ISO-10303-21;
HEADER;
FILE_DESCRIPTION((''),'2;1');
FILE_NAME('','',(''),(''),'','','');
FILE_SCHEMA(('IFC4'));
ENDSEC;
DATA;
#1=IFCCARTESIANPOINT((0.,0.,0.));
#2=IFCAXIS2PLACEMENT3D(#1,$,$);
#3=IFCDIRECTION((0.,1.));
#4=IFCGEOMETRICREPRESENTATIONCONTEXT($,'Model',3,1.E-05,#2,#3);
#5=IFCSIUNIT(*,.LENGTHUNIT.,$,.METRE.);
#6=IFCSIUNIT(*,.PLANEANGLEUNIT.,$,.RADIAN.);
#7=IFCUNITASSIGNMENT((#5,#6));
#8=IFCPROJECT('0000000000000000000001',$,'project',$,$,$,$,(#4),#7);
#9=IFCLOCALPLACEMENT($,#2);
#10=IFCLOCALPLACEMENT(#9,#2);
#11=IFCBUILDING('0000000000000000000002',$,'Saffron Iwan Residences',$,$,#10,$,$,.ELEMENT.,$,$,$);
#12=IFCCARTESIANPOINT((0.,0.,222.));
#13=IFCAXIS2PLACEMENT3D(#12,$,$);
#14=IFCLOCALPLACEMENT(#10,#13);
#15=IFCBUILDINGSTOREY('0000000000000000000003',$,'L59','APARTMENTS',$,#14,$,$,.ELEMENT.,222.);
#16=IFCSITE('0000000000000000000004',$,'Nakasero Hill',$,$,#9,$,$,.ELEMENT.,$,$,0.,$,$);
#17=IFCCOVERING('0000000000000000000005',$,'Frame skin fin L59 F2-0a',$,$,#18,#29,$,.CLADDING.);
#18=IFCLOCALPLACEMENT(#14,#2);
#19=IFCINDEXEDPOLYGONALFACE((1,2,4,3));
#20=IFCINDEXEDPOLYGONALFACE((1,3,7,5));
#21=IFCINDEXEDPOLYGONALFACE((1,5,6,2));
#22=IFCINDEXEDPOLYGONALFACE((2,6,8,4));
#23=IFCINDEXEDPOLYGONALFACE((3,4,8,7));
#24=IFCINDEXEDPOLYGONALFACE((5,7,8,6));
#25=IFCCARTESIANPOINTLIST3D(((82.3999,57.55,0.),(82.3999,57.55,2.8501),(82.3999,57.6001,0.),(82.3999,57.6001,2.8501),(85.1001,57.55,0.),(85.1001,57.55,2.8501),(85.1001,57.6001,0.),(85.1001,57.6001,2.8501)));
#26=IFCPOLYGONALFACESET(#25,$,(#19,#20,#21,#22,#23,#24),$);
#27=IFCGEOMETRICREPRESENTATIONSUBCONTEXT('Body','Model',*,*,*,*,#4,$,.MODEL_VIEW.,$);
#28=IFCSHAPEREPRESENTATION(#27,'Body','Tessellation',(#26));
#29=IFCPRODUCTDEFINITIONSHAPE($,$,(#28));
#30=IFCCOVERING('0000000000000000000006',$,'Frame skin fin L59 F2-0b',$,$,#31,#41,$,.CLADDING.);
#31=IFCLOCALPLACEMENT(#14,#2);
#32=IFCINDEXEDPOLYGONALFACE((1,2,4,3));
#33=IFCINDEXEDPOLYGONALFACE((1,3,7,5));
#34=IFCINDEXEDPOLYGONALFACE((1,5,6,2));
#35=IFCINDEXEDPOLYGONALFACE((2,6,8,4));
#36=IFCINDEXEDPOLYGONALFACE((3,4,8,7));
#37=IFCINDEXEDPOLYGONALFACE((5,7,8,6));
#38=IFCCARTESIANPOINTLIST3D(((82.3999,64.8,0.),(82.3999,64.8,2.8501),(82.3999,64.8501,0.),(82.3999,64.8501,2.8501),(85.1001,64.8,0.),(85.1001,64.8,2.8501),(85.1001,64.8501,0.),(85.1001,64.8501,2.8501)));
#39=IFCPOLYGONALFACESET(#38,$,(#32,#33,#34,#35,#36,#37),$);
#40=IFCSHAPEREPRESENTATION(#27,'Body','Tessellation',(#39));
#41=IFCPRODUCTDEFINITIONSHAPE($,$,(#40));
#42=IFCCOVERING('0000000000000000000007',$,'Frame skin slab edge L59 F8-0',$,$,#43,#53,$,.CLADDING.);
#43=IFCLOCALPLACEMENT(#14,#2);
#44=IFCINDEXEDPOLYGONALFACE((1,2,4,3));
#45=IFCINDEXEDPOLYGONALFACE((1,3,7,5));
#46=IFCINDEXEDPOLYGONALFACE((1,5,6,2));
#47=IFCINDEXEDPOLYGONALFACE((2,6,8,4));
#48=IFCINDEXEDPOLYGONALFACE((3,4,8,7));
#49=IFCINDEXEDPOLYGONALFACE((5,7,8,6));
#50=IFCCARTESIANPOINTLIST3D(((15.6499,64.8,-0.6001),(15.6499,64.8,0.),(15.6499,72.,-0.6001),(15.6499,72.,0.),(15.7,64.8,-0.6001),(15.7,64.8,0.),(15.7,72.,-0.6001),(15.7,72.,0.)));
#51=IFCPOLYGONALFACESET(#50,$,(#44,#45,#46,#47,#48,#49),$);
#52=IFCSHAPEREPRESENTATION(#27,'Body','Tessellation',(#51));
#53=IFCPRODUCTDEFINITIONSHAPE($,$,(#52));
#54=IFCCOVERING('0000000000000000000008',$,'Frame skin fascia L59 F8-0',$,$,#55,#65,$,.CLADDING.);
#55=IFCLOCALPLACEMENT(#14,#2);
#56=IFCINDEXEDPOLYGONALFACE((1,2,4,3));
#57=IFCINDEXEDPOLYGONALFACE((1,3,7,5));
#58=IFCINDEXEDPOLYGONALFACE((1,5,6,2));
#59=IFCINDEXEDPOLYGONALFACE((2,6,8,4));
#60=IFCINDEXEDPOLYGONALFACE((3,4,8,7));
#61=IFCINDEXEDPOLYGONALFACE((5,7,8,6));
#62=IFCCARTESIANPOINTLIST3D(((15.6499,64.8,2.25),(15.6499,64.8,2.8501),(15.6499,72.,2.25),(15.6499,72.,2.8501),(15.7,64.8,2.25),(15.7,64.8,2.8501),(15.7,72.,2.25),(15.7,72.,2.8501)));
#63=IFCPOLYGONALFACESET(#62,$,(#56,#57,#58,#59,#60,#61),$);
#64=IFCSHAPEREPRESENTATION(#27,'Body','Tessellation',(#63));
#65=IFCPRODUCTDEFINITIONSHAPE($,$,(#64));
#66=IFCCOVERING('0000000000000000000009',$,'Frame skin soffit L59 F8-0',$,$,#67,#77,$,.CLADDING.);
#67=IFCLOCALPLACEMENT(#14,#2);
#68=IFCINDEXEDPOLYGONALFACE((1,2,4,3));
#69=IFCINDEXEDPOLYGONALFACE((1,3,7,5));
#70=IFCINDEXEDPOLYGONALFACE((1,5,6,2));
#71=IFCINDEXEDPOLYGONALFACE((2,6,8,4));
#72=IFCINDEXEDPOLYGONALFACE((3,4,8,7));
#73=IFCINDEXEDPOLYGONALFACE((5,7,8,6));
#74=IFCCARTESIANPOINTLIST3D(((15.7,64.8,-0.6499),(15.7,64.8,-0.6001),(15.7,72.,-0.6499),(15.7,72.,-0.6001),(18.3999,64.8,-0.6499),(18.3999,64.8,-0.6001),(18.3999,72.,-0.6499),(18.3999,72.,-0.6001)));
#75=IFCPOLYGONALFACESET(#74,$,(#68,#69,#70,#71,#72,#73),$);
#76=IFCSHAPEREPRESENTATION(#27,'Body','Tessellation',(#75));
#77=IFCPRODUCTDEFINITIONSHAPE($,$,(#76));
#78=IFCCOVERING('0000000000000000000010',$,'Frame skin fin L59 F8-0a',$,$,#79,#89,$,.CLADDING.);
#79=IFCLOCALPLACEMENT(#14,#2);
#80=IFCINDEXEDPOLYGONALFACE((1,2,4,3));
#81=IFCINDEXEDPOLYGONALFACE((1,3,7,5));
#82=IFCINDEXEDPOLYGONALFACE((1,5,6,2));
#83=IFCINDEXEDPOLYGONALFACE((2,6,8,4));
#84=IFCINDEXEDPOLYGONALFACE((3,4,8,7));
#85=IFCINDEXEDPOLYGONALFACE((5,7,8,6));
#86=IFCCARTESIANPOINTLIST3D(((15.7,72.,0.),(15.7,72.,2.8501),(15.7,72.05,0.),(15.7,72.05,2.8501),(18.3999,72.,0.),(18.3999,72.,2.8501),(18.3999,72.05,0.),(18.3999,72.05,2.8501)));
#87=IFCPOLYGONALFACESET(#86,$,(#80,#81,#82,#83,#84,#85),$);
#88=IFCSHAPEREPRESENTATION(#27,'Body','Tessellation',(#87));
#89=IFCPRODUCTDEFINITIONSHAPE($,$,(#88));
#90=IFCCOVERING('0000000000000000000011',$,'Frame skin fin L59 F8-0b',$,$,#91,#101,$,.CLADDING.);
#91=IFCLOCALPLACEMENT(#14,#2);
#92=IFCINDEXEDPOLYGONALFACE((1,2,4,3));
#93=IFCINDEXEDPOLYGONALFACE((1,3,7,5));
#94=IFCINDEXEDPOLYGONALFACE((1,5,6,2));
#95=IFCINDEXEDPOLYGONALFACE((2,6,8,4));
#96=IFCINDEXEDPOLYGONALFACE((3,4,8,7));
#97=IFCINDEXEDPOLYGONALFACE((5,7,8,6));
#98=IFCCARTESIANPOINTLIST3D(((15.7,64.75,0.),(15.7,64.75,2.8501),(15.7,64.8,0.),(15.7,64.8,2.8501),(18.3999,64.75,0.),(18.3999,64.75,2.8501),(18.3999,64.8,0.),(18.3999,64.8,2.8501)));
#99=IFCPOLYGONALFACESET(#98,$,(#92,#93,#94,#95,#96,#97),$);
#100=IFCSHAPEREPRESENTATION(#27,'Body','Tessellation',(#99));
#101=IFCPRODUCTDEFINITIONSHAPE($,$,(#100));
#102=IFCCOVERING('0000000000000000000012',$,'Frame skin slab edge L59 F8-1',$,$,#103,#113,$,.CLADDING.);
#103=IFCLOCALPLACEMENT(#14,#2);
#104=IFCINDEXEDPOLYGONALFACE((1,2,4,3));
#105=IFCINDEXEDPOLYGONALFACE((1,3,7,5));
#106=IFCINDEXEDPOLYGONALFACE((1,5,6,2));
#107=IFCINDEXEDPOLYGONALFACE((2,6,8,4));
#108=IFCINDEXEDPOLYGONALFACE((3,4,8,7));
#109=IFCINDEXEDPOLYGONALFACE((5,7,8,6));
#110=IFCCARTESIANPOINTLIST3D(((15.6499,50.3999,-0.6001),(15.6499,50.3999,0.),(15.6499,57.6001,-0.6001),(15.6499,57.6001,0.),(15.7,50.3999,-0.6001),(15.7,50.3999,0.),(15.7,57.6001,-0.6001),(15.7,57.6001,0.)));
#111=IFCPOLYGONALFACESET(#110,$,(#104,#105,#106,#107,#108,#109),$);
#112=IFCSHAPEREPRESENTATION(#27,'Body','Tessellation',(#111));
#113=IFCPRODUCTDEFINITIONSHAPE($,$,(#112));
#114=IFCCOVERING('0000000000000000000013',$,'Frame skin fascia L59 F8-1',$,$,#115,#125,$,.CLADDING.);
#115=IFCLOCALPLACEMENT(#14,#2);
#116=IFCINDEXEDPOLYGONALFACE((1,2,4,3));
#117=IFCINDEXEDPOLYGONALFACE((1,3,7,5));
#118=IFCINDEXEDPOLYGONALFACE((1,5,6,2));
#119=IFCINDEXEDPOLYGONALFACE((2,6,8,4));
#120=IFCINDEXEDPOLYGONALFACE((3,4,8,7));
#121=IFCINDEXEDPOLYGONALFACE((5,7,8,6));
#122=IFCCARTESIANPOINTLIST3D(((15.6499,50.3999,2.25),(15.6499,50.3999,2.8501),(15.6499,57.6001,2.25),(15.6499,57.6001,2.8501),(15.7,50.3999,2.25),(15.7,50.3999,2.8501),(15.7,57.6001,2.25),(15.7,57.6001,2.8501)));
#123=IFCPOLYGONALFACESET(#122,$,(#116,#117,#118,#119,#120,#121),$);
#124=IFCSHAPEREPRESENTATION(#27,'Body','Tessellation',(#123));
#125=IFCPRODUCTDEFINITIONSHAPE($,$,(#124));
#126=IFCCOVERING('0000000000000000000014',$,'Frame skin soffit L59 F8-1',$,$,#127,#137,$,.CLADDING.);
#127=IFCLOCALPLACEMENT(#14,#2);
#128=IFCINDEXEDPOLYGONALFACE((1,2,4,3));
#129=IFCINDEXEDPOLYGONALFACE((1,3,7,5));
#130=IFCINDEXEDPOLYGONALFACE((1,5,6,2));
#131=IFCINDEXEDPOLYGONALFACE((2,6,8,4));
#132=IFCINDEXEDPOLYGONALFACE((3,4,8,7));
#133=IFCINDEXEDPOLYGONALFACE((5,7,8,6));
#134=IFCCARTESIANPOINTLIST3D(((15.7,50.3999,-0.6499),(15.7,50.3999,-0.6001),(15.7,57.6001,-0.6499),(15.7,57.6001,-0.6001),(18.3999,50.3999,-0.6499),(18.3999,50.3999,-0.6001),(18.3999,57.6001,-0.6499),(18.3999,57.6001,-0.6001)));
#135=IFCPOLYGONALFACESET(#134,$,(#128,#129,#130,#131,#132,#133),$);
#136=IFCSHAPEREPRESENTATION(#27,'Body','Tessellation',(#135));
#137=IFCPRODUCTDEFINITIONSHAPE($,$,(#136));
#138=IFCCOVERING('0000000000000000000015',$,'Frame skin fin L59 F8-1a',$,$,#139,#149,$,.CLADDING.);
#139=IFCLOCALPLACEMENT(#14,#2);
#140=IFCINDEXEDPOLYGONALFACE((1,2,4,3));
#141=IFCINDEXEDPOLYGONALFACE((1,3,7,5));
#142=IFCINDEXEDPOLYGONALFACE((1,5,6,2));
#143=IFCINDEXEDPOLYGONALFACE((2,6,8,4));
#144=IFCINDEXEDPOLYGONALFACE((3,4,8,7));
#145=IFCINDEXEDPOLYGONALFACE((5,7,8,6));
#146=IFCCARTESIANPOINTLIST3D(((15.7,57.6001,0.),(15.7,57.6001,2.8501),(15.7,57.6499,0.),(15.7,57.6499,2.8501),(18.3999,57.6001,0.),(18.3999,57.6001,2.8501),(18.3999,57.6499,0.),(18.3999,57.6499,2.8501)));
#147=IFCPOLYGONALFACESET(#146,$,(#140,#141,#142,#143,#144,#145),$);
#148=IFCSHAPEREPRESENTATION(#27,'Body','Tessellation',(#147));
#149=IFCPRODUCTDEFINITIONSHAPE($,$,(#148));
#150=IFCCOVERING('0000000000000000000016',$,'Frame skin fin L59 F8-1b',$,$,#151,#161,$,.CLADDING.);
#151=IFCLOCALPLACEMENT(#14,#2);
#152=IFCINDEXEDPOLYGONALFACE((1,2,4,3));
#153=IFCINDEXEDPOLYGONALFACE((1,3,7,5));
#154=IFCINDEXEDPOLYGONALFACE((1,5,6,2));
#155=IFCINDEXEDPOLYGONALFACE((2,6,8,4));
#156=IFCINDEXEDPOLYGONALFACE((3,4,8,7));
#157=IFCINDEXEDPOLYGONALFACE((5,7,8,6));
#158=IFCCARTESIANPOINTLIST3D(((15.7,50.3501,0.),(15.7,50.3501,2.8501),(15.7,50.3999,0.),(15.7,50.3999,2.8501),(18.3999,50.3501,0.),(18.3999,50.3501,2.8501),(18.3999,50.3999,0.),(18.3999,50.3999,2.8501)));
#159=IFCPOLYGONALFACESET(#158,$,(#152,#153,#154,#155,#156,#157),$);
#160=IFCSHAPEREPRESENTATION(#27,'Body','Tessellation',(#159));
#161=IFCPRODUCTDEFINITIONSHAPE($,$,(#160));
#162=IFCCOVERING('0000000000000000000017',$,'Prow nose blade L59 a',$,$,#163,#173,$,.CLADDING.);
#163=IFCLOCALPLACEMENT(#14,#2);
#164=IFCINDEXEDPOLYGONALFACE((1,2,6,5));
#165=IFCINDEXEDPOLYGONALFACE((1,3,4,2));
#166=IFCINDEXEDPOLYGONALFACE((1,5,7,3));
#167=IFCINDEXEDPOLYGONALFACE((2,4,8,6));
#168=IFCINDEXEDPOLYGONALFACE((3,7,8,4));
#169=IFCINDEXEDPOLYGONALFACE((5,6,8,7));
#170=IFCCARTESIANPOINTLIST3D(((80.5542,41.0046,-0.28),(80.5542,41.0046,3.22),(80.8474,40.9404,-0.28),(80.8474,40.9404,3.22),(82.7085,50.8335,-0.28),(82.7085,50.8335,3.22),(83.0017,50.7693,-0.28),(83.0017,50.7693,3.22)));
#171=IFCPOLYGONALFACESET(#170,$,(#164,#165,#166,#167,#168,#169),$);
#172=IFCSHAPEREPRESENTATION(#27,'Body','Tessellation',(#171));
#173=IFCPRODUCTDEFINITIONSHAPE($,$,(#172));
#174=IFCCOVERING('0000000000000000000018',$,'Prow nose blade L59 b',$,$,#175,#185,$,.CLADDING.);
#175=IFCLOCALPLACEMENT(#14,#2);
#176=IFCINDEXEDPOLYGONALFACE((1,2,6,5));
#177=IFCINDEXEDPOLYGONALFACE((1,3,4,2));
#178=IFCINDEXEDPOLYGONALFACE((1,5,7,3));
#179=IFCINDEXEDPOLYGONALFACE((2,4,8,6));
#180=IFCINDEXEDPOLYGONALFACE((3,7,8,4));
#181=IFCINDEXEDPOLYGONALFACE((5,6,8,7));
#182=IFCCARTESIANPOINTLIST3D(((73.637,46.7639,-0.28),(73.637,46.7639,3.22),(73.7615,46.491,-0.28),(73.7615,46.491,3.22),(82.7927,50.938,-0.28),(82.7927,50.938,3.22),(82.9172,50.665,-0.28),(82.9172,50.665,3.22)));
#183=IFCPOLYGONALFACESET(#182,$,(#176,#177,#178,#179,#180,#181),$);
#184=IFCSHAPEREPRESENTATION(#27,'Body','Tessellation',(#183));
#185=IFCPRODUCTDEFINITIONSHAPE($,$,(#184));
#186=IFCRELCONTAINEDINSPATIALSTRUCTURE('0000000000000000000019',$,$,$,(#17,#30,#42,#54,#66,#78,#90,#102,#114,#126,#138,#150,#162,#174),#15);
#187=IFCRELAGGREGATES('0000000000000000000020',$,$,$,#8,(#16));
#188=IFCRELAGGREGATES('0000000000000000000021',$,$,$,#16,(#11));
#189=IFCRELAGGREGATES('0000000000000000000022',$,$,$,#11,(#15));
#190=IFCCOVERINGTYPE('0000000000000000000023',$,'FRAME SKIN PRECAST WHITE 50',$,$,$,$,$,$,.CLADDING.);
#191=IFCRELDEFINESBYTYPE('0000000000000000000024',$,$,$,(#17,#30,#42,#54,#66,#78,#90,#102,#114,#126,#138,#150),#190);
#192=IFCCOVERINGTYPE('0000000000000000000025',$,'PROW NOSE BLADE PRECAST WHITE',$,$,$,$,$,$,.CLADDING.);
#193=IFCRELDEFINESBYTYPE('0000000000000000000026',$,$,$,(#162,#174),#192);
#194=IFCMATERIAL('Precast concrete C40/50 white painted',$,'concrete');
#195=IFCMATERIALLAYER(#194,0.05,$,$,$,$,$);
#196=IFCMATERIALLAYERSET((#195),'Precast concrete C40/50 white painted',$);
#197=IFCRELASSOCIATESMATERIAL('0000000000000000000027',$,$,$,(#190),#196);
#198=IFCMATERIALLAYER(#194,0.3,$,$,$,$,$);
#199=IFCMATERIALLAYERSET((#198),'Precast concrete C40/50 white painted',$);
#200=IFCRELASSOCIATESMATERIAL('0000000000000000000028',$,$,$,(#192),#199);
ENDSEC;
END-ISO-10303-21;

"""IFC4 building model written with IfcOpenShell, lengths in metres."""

from ifc_helpers import new_model, si_unit, direction, frame, origin, place, context, subcontext, project, spatial, polyline, outline, extrude, material, layer, layer_set, type_object, element, save


model = new_model("IFC4")

# Units and contexts
model_context = context("Model", 3, precision=1e-05, world=origin(), true_north=direction((0.0, 1.0)))
body_context = subcontext(model_context, "Body", "Model", "MODEL_VIEW")
ifc_project = project(units=[si_unit("LENGTHUNIT", "METRE"), si_unit("PLANEANGLEUNIT", "RADIAN")], contexts=[model_context])

# Site, building, storey
site_placement = place(None, origin())
site = spatial("IfcSite", under=ifc_project, at=site_placement, Name="Nakasero Hill", CompositionType="ELEMENT", RefElevation=0.0)
building_placement = place(site_placement, origin())
building = spatial("IfcBuilding", under=site, at=building_placement, Name="Saffron Iwan Residences", CompositionType="ELEMENT")
storey_placement = place(building_placement, frame((0.0, 0.0, 222.0)))
storey = spatial("IfcBuildingStorey", under=building, at=storey_placement, Name="L59", Description="APARTMENTS", CompositionType="ELEMENT", Elevation=222.0)

# Coverings
ifc_material_1 = material(Name="Precast concrete C40/50 white painted", Category="concrete")
ifc_layer_1 = layer(ifc_material_1, 0.05)
ifc_layer_set_1 = layer_set([ifc_layer_1], Name="Precast concrete C40/50 white painted")
covering_type_1 = type_object("IfcCoveringType", Name="FRAME SKIN PRECAST WHITE 50", PredefinedType="CLADDING", material=ifc_layer_set_1)
covering_1_placement = place(storey_placement, origin())
element("IfcCovering", 1, at=covering_1_placement, inside=storey, type_object=covering_type_1, Name="Frame skin fin L59 F2-0a", PredefinedType="CLADDING", context=body_context, shape_type="SweptSolid", body=[
    extrude(outline(polyline([(85.1001, 57.55), (85.1001, 57.6001), (82.3999, 57.6001), (82.3999, 57.55), (85.1001, 57.55)])), origin(), (0.0, 0.0, 1.0), 2.8501),
])
covering_2_placement = place(storey_placement, origin())
element("IfcCovering", 2, at=covering_2_placement, inside=storey, type_object=covering_type_1, Name="Frame skin fin L59 F2-0b", PredefinedType="CLADDING", context=body_context, shape_type="SweptSolid", body=[
    extrude(outline(polyline([(85.1001, 64.8), (85.1001, 64.8501), (82.3999, 64.8501), (82.3999, 64.8), (85.1001, 64.8)])), origin(), (0.0, 0.0, 1.0), 2.8501),
])
for number, where, name in (
    (3, (0.0, 0.0, -0.6001), "Frame skin slab edge L59 F8-0"),
    (4, (0.0, 0.0, 2.25), "Frame skin fascia L59 F8-0"),
):
    element("IfcCovering", number, at=place(storey_placement, frame(where)), inside=storey, type_object=covering_type_1, Name=name, PredefinedType="CLADDING", context=body_context, shape_type="SweptSolid", body=[
        extrude(outline(polyline([(15.6499, 72.0), (15.6499, 64.8), (15.7, 64.8), (15.7, 72.0), (15.6499, 72.0)])), origin(), (0.0, 0.0, 1.0), 0.6001),
    ])
covering_3_placement = place(storey_placement, frame((0.0, 0.0, -0.6499)))
element("IfcCovering", 5, at=covering_3_placement, inside=storey, type_object=covering_type_1, Name="Frame skin soffit L59 F8-0", PredefinedType="CLADDING", context=body_context, shape_type="SweptSolid", body=[
    extrude(outline(polyline([(15.7, 72.0), (15.7, 64.8), (18.3999, 64.8), (18.3999, 72.0), (15.7, 72.0)])), origin(), (0.0, 0.0, 1.0), 0.0498),
])
covering_4_placement = place(storey_placement, origin())
element("IfcCovering", 6, at=covering_4_placement, inside=storey, type_object=covering_type_1, Name="Frame skin fin L59 F8-0a", PredefinedType="CLADDING", context=body_context, shape_type="SweptSolid", body=[
    extrude(outline(polyline([(15.7, 72.05), (15.7, 72.0), (18.3999, 72.0), (18.3999, 72.05), (15.7, 72.05)])), origin(), (0.0, 0.0, 1.0), 2.8501),
])
covering_5_placement = place(storey_placement, origin())
element("IfcCovering", 7, at=covering_5_placement, inside=storey, type_object=covering_type_1, Name="Frame skin fin L59 F8-0b", PredefinedType="CLADDING", context=body_context, shape_type="SweptSolid", body=[
    extrude(outline(polyline([(15.7, 64.8), (15.7, 64.75), (18.3999, 64.75), (18.3999, 64.8), (15.7, 64.8)])), origin(), (0.0, 0.0, 1.0), 2.8501),
])
for number, where, name in (
    (8, (0.0, 0.0, -0.6001), "Frame skin slab edge L59 F8-1"),
    (9, (0.0, 0.0, 2.25), "Frame skin fascia L59 F8-1"),
):
    element("IfcCovering", number, at=place(storey_placement, frame(where)), inside=storey, type_object=covering_type_1, Name=name, PredefinedType="CLADDING", context=body_context, shape_type="SweptSolid", body=[
        extrude(outline(polyline([(15.6499, 57.6001), (15.6499, 50.3999), (15.7, 50.3999), (15.7, 57.6001), (15.6499, 57.6001)])), origin(), (0.0, 0.0, 1.0), 0.6001),
    ])
covering_6_placement = place(storey_placement, frame((0.0, 0.0, -0.6499)))
element("IfcCovering", 10, at=covering_6_placement, inside=storey, type_object=covering_type_1, Name="Frame skin soffit L59 F8-1", PredefinedType="CLADDING", context=body_context, shape_type="SweptSolid", body=[
    extrude(outline(polyline([(15.7, 57.6001), (15.7, 50.3999), (18.3999, 50.3999), (18.3999, 57.6001), (15.7, 57.6001)])), origin(), (0.0, 0.0, 1.0), 0.0498),
])
covering_7_placement = place(storey_placement, origin())
element("IfcCovering", 11, at=covering_7_placement, inside=storey, type_object=covering_type_1, Name="Frame skin fin L59 F8-1a", PredefinedType="CLADDING", context=body_context, shape_type="SweptSolid", body=[
    extrude(outline(polyline([(15.7, 57.6499), (15.7, 57.6001), (18.3999, 57.6001), (18.3999, 57.6499), (15.7, 57.6499)])), origin(), (0.0, 0.0, 1.0), 2.8501),
])
covering_8_placement = place(storey_placement, origin())
element("IfcCovering", 12, at=covering_8_placement, inside=storey, type_object=covering_type_1, Name="Frame skin fin L59 F8-1b", PredefinedType="CLADDING", context=body_context, shape_type="SweptSolid", body=[
    extrude(outline(polyline([(15.7, 50.3999), (15.7, 50.3501), (18.3999, 50.3501), (18.3999, 50.3999), (15.7, 50.3999)])), origin(), (0.0, 0.0, 1.0), 2.8501),
])
ifc_layer_2 = layer(ifc_material_1, 0.3)
ifc_layer_set_2 = layer_set([ifc_layer_2], Name="Precast concrete C40/50 white painted")
covering_type_2 = type_object("IfcCoveringType", Name="PROW NOSE BLADE PRECAST WHITE", PredefinedType="CLADDING", material=ifc_layer_set_2)
covering_9_placement = place(storey_placement, frame((0.0, 0.0, -0.28)))
element("IfcCovering", 13, at=covering_9_placement, inside=storey, type_object=covering_type_2, Name="Prow nose blade L59 a", PredefinedType="CLADDING", context=body_context, shape_type="SweptSolid", body=[
    extrude(outline(polyline([(80.8474, 40.9404), (83.0017, 50.7693), (82.7085, 50.8335), (80.5542, 41.0046), (80.8474, 40.9404)])), origin(), (0.0, 0.0, 1.0), 3.5),
])
covering_10_placement = place(storey_placement, frame((0.0, 0.0, -0.28)))
element("IfcCovering", 14, at=covering_10_placement, inside=storey, type_object=covering_type_2, Name="Prow nose blade L59 b", PredefinedType="CLADDING", context=body_context, shape_type="SweptSolid", body=[
    extrude(outline(polyline([(73.7615, 46.491), (82.9172, 50.665), (82.7927, 50.938), (73.637, 46.7639), (73.7615, 46.491)])), origin(), (0.0, 0.0, 1.0), 3.5),
])

save(model, "model.ifc")
